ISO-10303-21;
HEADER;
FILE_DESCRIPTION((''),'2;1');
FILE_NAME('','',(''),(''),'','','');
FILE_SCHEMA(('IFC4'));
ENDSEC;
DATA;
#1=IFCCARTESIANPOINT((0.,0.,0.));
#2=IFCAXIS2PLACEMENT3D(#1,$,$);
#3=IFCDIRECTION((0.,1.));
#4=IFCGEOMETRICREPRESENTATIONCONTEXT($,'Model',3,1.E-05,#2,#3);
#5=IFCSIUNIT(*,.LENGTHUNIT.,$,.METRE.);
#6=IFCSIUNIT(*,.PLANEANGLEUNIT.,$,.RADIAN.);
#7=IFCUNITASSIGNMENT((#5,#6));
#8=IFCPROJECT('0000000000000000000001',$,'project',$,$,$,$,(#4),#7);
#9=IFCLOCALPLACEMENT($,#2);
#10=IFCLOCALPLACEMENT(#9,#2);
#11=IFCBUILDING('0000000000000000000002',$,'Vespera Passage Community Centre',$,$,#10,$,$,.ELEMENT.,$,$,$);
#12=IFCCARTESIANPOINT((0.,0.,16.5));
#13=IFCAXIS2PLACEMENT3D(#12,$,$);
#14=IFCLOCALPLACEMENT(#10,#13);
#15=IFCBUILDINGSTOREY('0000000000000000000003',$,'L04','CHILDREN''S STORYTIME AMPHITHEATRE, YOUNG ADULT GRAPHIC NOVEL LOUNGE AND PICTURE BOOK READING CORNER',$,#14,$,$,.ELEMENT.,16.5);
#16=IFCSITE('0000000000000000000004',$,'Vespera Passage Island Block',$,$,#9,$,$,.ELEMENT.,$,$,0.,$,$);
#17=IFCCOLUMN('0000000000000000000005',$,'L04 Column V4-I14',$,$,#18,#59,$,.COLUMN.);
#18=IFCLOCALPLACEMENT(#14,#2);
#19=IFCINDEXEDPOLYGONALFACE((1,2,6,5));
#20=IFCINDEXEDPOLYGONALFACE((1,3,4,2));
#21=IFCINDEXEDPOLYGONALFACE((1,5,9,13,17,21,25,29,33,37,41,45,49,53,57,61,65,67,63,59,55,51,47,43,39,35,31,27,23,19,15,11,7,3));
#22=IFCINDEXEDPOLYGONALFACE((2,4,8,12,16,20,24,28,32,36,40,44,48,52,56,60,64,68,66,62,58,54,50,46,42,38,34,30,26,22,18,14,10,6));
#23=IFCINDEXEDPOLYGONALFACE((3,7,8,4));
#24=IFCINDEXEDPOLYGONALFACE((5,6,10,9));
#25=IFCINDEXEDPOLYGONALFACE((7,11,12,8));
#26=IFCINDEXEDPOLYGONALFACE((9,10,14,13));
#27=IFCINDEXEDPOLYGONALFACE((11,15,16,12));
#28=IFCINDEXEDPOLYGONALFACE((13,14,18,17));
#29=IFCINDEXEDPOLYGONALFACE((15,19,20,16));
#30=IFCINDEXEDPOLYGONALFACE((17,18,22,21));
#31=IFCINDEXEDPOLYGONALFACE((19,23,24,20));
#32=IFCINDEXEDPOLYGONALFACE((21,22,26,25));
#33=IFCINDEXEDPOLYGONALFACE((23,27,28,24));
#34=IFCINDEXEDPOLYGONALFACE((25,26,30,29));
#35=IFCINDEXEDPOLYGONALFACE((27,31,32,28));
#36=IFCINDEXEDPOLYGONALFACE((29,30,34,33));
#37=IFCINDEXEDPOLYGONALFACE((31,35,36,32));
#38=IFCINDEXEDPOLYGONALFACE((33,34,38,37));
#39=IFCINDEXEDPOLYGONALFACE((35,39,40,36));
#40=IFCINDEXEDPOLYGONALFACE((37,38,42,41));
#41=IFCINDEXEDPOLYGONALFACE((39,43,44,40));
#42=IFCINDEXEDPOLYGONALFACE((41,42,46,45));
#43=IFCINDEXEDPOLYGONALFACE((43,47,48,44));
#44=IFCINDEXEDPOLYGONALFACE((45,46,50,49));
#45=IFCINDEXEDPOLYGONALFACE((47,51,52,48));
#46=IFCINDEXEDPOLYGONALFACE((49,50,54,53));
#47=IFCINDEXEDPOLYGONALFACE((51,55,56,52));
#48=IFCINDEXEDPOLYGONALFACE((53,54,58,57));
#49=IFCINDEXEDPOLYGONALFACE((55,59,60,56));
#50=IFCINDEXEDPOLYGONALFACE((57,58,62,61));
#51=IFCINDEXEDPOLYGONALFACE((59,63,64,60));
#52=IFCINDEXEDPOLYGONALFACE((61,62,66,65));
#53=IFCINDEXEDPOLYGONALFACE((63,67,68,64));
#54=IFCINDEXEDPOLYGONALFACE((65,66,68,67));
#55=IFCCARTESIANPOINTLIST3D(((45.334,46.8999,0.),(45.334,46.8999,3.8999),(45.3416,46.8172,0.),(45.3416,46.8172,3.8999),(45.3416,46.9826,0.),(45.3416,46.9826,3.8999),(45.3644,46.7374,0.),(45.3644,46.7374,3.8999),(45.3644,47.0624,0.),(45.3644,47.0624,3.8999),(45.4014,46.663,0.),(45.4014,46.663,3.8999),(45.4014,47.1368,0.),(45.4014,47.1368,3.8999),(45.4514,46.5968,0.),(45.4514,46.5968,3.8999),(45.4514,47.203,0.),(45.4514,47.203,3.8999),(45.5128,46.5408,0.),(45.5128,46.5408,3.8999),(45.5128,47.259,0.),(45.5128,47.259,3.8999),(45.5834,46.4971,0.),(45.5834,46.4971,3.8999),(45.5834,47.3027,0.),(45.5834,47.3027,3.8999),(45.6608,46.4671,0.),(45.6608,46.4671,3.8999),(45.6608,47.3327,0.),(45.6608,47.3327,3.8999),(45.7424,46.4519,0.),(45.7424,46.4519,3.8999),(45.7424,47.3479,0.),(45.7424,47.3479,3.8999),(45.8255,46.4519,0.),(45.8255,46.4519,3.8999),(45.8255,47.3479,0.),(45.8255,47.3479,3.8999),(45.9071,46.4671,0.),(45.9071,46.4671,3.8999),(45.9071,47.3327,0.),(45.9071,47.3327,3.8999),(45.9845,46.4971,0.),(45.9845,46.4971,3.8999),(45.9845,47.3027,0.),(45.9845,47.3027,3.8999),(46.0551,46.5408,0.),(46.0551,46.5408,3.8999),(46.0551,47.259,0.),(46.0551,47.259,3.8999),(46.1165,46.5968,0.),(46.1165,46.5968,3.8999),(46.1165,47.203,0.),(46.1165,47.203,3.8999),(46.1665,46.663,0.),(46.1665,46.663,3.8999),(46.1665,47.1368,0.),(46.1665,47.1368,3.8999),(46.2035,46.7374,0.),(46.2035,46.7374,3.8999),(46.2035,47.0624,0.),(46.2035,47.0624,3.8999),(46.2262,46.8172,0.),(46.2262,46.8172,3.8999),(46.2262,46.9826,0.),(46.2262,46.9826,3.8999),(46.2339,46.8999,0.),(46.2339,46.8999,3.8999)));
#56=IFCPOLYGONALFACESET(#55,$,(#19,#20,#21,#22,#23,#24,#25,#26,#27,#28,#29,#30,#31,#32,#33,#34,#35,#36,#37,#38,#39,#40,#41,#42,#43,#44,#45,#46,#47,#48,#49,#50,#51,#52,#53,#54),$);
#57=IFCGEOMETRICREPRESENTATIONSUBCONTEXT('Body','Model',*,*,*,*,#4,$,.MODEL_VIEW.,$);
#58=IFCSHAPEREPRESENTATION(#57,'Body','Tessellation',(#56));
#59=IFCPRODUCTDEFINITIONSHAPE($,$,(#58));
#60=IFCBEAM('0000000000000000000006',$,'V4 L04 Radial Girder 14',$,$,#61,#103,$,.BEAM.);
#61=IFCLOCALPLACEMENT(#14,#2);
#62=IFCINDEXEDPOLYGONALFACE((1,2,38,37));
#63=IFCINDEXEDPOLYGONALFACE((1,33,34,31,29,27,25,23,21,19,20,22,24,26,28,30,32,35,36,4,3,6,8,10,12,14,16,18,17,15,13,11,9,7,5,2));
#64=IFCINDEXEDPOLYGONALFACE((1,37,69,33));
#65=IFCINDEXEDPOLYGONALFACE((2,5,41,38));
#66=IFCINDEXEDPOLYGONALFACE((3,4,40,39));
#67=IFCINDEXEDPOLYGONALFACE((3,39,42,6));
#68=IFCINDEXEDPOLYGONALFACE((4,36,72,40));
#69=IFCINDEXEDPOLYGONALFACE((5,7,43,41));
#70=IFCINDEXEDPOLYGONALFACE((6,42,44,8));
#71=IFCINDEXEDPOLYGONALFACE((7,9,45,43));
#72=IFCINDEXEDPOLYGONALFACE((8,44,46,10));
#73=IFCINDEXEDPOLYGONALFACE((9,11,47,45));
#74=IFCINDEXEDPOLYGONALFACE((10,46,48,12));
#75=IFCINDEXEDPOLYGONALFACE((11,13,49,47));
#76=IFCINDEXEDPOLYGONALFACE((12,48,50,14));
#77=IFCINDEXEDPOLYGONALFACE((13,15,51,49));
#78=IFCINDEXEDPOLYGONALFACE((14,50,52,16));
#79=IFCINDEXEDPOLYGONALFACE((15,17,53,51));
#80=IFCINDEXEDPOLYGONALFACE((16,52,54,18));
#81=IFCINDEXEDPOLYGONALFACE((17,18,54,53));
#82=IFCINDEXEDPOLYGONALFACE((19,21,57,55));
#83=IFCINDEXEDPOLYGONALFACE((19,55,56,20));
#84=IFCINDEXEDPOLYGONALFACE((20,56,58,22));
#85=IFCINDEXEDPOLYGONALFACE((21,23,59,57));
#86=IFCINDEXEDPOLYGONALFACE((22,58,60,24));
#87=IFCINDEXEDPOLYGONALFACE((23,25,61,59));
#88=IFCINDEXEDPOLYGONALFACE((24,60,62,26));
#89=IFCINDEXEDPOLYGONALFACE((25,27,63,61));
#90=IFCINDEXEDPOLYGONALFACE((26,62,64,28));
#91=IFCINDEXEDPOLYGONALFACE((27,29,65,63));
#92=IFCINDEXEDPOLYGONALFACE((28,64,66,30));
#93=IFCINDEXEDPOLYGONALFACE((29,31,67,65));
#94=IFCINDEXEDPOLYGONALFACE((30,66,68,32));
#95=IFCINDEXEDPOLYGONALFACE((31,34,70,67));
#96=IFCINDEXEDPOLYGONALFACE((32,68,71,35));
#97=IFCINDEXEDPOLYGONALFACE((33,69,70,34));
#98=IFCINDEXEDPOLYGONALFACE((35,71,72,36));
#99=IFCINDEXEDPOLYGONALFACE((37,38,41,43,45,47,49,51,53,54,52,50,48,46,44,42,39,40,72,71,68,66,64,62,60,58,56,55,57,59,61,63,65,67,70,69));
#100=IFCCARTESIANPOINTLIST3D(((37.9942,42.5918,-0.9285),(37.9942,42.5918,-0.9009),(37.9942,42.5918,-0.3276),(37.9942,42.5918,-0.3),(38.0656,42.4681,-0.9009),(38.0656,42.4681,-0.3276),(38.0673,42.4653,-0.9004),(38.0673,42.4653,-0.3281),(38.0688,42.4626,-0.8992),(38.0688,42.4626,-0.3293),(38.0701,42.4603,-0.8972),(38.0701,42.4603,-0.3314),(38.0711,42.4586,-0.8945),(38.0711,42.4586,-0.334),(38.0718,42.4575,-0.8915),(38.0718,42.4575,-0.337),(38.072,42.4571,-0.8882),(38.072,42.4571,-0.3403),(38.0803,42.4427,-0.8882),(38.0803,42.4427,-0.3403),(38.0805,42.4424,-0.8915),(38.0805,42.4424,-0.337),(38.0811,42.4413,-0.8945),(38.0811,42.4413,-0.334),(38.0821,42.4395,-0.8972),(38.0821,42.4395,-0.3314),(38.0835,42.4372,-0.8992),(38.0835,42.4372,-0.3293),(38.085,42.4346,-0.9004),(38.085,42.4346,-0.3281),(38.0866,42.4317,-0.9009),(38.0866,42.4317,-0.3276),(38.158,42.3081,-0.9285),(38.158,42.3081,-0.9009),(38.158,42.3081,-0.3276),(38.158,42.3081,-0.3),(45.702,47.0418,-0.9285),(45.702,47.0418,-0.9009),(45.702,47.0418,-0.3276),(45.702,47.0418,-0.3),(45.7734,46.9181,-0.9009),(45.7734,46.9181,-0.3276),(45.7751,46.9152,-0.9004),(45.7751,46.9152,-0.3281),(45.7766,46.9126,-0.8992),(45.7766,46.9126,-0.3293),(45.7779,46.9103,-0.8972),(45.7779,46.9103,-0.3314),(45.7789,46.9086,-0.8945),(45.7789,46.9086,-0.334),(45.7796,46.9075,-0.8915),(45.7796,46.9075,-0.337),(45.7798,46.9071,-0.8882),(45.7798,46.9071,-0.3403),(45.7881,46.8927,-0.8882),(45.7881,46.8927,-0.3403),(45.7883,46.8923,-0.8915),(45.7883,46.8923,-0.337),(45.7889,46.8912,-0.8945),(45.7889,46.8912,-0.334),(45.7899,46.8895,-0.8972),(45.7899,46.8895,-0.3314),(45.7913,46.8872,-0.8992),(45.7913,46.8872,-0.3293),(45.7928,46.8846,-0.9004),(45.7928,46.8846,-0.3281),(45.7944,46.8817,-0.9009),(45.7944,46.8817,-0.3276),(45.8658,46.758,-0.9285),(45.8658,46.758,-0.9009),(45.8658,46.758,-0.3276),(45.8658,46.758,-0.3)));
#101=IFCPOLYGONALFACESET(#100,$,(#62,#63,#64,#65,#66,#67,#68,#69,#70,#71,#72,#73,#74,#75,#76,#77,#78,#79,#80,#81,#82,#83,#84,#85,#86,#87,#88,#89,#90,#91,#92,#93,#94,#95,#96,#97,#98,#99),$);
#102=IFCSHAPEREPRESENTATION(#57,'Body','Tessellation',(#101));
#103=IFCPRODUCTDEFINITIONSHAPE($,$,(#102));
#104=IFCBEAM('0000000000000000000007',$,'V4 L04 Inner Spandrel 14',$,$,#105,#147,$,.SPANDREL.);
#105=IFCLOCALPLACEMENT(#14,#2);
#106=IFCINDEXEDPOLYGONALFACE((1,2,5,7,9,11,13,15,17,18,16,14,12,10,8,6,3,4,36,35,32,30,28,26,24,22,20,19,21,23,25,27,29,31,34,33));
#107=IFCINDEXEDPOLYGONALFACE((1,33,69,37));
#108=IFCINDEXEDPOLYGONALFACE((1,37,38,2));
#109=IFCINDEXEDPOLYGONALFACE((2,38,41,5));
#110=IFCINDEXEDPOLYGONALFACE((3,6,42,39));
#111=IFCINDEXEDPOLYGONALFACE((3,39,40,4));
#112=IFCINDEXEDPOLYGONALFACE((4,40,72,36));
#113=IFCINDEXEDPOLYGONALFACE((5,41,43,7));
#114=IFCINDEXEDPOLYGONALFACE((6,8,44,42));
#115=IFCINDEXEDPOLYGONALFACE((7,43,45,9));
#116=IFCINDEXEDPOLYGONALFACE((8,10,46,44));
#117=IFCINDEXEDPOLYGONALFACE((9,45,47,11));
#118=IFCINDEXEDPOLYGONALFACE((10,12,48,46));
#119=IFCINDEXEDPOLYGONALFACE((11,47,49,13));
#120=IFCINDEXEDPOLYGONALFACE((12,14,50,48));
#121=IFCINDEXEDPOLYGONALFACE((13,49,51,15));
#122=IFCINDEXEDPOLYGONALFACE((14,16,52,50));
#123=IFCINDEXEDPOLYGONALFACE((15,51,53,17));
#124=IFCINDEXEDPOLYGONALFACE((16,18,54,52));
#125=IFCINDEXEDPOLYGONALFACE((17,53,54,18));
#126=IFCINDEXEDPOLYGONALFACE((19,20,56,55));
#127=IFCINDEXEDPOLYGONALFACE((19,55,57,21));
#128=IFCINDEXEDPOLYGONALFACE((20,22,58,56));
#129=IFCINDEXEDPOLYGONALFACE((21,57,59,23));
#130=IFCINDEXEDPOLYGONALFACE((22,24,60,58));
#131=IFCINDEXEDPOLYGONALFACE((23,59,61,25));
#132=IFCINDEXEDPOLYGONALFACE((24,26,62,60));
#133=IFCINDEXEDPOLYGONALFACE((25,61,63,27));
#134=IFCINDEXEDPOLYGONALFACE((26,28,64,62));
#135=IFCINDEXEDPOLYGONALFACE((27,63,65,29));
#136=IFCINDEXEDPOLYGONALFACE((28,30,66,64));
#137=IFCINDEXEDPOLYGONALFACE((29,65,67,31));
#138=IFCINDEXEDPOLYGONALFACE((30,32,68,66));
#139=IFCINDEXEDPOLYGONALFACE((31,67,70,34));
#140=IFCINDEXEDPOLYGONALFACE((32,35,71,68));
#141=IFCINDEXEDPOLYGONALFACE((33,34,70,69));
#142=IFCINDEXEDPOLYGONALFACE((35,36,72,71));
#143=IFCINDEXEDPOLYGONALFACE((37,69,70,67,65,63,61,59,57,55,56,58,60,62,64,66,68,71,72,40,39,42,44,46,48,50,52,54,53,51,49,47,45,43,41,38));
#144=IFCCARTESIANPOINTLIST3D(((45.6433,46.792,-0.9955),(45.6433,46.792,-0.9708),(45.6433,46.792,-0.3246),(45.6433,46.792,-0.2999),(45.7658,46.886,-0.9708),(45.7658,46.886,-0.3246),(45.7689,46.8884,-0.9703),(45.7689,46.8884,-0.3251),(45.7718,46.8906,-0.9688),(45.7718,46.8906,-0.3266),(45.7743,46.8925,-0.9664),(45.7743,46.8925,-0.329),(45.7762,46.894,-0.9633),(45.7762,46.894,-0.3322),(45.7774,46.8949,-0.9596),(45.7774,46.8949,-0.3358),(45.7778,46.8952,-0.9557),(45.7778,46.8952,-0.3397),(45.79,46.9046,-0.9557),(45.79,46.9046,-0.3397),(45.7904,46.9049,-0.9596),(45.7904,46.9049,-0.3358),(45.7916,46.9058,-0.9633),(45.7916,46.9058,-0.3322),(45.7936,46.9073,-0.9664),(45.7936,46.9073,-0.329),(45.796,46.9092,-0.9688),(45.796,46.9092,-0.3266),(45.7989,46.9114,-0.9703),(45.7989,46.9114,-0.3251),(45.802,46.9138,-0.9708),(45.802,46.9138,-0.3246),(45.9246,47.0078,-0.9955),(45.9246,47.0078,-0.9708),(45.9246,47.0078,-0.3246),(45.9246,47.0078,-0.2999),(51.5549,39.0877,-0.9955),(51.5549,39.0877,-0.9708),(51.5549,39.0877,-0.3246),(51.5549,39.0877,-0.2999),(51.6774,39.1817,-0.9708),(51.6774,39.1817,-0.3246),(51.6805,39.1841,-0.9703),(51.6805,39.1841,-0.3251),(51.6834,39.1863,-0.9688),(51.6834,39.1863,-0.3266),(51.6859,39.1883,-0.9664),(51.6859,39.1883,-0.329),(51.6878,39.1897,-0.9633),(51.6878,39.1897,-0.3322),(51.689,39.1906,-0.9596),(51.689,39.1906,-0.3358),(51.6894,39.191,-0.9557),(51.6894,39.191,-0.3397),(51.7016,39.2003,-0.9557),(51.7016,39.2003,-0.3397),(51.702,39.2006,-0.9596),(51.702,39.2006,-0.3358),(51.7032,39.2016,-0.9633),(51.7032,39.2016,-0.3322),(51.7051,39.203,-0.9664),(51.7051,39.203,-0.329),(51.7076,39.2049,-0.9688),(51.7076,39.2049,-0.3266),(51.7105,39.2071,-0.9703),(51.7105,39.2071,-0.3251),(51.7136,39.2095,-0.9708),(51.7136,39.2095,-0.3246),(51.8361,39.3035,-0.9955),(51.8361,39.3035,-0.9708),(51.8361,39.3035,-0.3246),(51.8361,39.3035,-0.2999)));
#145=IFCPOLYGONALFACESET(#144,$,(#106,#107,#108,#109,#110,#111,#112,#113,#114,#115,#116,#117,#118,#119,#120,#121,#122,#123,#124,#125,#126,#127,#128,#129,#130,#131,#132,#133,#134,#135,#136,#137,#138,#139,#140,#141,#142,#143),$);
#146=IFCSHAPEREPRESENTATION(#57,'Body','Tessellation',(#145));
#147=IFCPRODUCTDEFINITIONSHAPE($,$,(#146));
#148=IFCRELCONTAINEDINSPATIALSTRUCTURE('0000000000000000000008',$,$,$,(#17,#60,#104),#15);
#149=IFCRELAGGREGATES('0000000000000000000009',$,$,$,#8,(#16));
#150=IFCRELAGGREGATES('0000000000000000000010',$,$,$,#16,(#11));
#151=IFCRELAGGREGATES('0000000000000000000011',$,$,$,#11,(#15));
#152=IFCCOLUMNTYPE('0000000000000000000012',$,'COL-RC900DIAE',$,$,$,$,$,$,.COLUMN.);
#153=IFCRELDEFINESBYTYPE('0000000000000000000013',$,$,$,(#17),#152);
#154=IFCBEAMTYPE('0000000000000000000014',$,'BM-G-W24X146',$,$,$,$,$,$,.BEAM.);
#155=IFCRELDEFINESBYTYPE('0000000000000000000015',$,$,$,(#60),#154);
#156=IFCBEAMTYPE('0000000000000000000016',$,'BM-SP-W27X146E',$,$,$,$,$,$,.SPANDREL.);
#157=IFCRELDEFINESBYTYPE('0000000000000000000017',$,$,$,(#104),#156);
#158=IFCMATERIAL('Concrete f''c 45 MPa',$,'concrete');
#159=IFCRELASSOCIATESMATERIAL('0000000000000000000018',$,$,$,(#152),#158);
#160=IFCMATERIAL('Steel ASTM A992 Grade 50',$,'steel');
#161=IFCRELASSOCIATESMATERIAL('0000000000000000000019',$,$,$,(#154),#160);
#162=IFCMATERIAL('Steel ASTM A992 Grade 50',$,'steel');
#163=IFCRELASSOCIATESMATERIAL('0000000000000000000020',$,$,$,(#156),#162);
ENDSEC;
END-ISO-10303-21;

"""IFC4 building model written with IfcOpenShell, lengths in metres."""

from ifc_helpers import new_model, si_unit, direction, frame, origin, origin_2d, place, context, subcontext, project, spatial, circle, i_section, extrude, material, material_profile, profile_set, type_object, element, save


model = new_model("IFC4")

# Units and contexts
model_context = context("Model", 3, precision=1e-05, world=origin(), true_north=direction((0.0, 1.0)))
body_context = subcontext(model_context, "Body", "Model", "MODEL_VIEW")
ifc_project = project(units=[si_unit("LENGTHUNIT", "METRE"), si_unit("PLANEANGLEUNIT", "RADIAN")], contexts=[model_context])

# Site, building, storey
site_placement = place(None, origin())
site = spatial("IfcSite", under=ifc_project, at=site_placement, Name="Vespera Passage Island Block", CompositionType="ELEMENT", RefElevation=0.0)
building_placement = place(site_placement, origin())
building = spatial("IfcBuilding", under=site, at=building_placement, Name="Vespera Passage Community Centre", CompositionType="ELEMENT")
storey_placement = place(building_placement, frame((0.0, 0.0, 16.5)))
storey = spatial("IfcBuildingStorey", under=building, at=storey_placement, Name="L04", Description="CHILDREN'S STORYTIME AMPHITHEATRE, YOUNG ADULT GRAPHIC NOVEL LOUNGE AND PICTURE BOOK READING CORNER", CompositionType="ELEMENT", Elevation=16.5)

# Column
ifc_material_1 = material(Name="Concrete f'c 45 MPa", Category="concrete")
ifc_material_profile_1 = material_profile(ifc_material_1, circle(Radius=0.45, at=origin_2d()), Name="RC900DIA")
ifc_profile_set_1 = profile_set([ifc_material_profile_1], Name="Concrete f'c 45 MPa")
column_type = type_object("IfcColumnType", Name="COL-RC900DIAE", PredefinedType="COLUMN", material=ifc_profile_set_1)
column_placement = place(storey_placement, frame((45.7839, 46.8999, 0.0), z_axis=(0.0, 0.0, 1.0), x_axis=(1.0, 0.0, 0.0)))
element("IfcColumn", 1, at=column_placement, inside=storey, type_object=column_type, Name="L04 Column V4-I14", PredefinedType="COLUMN", context=body_context, shape_type="SweptSolid", body=[
    extrude(circle(Radius=0.45, at=origin_2d()), origin(), (0.0, 0.0, 1.0), 3.8999),
])

# Beams
ifc_material_2 = material(Name="Steel ASTM A992 Grade 50", Category="steel")
ifc_material_profile_2 = material_profile(ifc_material_2, i_section(OverallWidth=0.3276, OverallDepth=0.6284, WebThickness=0.0166, FlangeThickness=0.0276, FilletRadius=0.0127, at=origin_2d()), Name="W24X146")
ifc_profile_set_2 = profile_set([ifc_material_profile_2], Name="Steel ASTM A992 Grade 50")
beam_type_1 = type_object("IfcBeamType", Name="BM-G-W24X146", PredefinedType="BEAM", material=ifc_profile_set_2)
beam_1_placement = place(storey_placement, frame((45.7839, 46.8999, -0.6143), z_axis=(-0.866032, -0.499989, 0.0), x_axis=(0.499989, -0.866032, 0.0)))
element("IfcBeam", 2, at=beam_1_placement, inside=storey, type_object=beam_type_1, Name="V4 L04 Radial Girder 14", PredefinedType="BEAM", context=body_context, shape_type="SweptSolid", body=[
    extrude(i_section(OverallWidth=0.3276, OverallDepth=0.6284, WebThickness=0.0166, FlangeThickness=0.0276, FilletRadius=0.0127, at=origin_2d()), origin(), (0.0, 0.0, 1.0), 8.9001),
])
ifc_material_3 = material(Name="Steel ASTM A992 Grade 50", Category="steel")
ifc_material_profile_3 = material_profile(ifc_material_3, i_section(OverallWidth=0.3545, OverallDepth=0.6956, WebThickness=0.0154, FlangeThickness=0.0247, FilletRadius=0.0151, at=origin_2d()), Name="W27X146")
ifc_profile_set_3 = profile_set([ifc_material_profile_3], Name="Steel ASTM A992 Grade 50")
beam_type_2 = type_object("IfcBeamType", Name="BM-SP-W27X146E", PredefinedType="SPANDREL", material=ifc_profile_set_3)
beam_2_placement = place(storey_placement, frame((45.7839, 46.8999, -0.6477), z_axis=(0.608753, -0.79336, 0.0), x_axis=(0.79336, 0.608753, 0.0)))
element("IfcBeam", 3, at=beam_2_placement, inside=storey, type_object=beam_type_2, Name="V4 L04 Inner Spandrel 14", PredefinedType="SPANDREL", context=body_context, shape_type="SweptSolid", body=[
    extrude(i_section(OverallWidth=0.3545, OverallDepth=0.6956, WebThickness=0.0154, FlangeThickness=0.0247, FilletRadius=0.0151, at=origin_2d()), origin(), (0.0, 0.0, 1.0), 9.7109),
])

save(model, "model.ifc")
